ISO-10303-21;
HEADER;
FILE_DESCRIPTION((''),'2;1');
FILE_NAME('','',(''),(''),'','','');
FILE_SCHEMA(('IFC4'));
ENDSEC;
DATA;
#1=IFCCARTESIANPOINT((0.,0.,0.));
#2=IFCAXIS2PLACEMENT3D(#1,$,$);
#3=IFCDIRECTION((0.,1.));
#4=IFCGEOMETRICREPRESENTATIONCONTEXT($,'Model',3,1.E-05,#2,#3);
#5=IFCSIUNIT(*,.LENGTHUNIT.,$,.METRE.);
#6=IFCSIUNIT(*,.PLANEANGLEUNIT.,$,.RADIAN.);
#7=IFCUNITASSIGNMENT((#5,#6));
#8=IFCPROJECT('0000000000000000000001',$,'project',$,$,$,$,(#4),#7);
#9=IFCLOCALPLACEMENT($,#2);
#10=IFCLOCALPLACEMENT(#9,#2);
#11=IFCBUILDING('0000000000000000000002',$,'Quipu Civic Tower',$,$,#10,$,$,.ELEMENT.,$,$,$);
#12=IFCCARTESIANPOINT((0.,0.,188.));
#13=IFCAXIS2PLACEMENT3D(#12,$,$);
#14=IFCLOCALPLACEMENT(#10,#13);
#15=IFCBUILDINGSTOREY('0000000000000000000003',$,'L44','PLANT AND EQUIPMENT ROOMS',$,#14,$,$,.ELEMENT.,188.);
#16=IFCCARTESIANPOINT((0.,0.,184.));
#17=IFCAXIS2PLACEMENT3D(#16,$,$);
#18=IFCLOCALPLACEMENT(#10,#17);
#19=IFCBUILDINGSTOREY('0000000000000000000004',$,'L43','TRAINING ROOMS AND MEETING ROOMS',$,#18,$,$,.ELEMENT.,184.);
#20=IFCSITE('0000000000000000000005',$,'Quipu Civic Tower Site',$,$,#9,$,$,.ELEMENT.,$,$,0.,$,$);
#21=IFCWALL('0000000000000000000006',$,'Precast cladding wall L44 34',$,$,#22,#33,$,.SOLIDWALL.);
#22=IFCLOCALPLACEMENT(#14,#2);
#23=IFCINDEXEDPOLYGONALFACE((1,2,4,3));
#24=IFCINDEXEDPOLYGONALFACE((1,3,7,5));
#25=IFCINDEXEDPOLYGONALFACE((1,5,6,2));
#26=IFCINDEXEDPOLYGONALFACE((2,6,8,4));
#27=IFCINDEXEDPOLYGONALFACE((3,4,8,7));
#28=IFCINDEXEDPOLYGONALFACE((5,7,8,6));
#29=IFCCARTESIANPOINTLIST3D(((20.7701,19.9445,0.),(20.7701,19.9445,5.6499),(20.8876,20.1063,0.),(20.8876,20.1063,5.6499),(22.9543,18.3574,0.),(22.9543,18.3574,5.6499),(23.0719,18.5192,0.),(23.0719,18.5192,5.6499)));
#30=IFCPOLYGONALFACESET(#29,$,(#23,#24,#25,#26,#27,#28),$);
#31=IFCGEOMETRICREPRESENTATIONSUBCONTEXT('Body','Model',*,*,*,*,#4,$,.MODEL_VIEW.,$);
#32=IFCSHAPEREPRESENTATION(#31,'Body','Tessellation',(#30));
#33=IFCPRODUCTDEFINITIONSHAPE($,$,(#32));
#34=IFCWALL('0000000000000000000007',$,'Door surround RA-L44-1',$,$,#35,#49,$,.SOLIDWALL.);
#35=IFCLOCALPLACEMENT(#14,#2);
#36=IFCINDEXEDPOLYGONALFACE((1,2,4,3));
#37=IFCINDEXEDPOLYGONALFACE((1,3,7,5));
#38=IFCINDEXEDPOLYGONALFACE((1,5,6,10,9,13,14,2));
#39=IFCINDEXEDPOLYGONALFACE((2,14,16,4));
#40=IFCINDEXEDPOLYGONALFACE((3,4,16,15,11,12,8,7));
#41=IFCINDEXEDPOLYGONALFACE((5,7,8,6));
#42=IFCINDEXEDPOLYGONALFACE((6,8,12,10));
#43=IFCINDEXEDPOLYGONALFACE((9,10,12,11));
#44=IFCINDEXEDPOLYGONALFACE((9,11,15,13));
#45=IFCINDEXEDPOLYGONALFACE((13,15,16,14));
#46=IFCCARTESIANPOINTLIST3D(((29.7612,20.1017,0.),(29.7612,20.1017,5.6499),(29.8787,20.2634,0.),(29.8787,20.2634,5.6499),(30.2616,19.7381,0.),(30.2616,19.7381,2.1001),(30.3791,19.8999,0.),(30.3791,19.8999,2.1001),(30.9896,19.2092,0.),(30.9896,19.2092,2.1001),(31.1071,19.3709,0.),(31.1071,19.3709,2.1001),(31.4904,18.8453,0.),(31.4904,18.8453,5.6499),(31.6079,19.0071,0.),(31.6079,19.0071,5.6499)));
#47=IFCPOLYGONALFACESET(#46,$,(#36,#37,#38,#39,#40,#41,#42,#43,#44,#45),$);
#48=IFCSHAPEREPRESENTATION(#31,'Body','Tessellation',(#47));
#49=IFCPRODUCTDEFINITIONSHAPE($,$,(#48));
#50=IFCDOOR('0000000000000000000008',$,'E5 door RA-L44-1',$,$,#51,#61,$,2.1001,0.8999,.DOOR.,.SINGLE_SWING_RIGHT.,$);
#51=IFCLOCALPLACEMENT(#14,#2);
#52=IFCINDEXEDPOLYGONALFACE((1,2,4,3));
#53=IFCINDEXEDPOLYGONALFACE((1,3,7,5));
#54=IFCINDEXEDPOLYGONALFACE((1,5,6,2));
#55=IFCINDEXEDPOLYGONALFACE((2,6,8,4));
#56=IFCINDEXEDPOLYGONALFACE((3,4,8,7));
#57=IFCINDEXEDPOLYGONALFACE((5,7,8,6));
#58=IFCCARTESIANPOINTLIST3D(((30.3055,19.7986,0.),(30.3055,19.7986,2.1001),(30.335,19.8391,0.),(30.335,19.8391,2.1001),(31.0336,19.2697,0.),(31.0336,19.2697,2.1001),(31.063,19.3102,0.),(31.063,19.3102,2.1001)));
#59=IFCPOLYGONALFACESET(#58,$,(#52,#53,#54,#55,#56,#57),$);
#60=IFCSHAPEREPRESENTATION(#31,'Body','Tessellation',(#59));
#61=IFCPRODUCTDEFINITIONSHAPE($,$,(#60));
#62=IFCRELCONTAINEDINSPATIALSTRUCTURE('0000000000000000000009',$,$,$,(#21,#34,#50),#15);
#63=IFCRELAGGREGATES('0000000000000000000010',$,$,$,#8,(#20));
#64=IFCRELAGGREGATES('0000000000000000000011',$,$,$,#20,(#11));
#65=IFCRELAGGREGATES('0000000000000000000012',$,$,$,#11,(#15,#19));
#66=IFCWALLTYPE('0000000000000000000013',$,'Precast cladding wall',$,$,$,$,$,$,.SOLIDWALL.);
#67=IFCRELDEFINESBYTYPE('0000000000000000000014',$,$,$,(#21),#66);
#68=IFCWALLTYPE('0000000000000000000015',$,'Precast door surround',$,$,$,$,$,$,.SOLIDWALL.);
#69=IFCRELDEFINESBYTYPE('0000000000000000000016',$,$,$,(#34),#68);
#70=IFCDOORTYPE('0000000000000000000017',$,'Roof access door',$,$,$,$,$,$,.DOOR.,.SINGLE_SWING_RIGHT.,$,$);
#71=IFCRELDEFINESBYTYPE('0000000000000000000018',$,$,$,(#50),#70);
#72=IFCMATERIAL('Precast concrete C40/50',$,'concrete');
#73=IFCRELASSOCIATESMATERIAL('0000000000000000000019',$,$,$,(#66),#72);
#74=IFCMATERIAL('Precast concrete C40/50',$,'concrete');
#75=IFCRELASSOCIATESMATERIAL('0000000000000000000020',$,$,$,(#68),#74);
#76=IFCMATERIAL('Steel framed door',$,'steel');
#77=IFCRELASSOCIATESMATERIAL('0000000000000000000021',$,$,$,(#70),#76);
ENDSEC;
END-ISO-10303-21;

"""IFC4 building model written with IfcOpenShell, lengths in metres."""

from ifc_helpers import new_model, si_unit, direction, frame, frame_2d, origin, place, context, subcontext, project, spatial, rectangle, extrude, material, type_object, element, fill, save


model = new_model("IFC4")

# Units and contexts
model_context = context("Model", 3, precision=1e-05, world=origin(), true_north=direction((0.0, 1.0)))
body_context = subcontext(model_context, "Body", "Model", "MODEL_VIEW")
ifc_project = project(units=[si_unit("LENGTHUNIT", "METRE"), si_unit("PLANEANGLEUNIT", "RADIAN")], contexts=[model_context])

# Site, building, storey
site_placement = place(None, origin())
site = spatial("IfcSite", under=ifc_project, at=site_placement, Name="Quipu Civic Tower Site", CompositionType="ELEMENT", RefElevation=0.0)
building_placement = place(site_placement, origin())
building = spatial("IfcBuilding", under=site, at=building_placement, Name="Quipu Civic Tower", CompositionType="ELEMENT")
storey_1_placement = place(building_placement, frame((0.0, 0.0, 188.0)))
storey_1 = spatial("IfcBuildingStorey", under=building, at=storey_1_placement, Name="L44", Description="PLANT AND EQUIPMENT ROOMS", CompositionType="ELEMENT", Elevation=188.0)

# Shared definitions
storey_2_placement = place(building_placement, frame((0.0, 0.0, 184.0)))
storey_2 = spatial("IfcBuildingStorey", under=building, at=storey_2_placement, Name="L43", Description="TRAINING ROOMS AND MEETING ROOMS", CompositionType="ELEMENT", Elevation=184.0)

# Wall
ifc_material_1 = material(Name="Precast concrete C40/50", Category="concrete")
wall_type_1 = type_object("IfcWallType", Name="Precast cladding wall", PredefinedType="SOLIDWALL", material=ifc_material_1)
wall_1_placement = place(storey_1_placement, frame((23.0132, 18.4382, 0.0), z_axis=(0.0, 0.0, 1.0), x_axis=(-0.80899, 0.587822, 0.0)))
element("IfcWall", 1, at=wall_1_placement, inside=storey_1, type_object=wall_type_1, Name="Precast cladding wall L44 34", PredefinedType="SOLIDWALL", context=body_context, shape_type="SweptSolid", body=[
    extrude(rectangle(XDim=2.7, YDim=0.2, at=frame_2d((1.3501, 0.0))), origin(), (0.0, 0.0, 1.0), 5.6499),
])

# Wall, opening, door
ifc_material_2 = material(Name="Precast concrete C40/50", Category="concrete")
wall_type_2 = type_object("IfcWallType", Name="Precast door surround", PredefinedType="SOLIDWALL", material=ifc_material_2)
wall_2_placement = place(storey_1_placement, frame((29.8198, 20.1826, 0.0), z_axis=(0.0, 0.0, 1.0), x_axis=(0.809022, -0.587778, 0.0)))
wall_2 = element("IfcWall", 2, at=wall_2_placement, inside=storey_1, type_object=wall_type_2, Name="Door surround RA-L44-1", PredefinedType="SOLIDWALL", context=body_context, shape_type="SweptSolid", body=[
    extrude(rectangle(XDim=2.1375, YDim=0.2, at=frame_2d((1.0688, 0.0))), origin(), (0.0, 0.0, 1.0), 5.6499),
])
opening_placement = place(wall_2_placement, frame((0.6187, 0.0, 0.0)))
opening = element("IfcOpeningElement", 3, at=opening_placement, cuts=wall_2, PredefinedType="OPENING", context=body_context, shape_type="SweptSolid", body=[
    extrude(rectangle(XDim=0.8999, YDim=2.1001, at=frame_2d((0.45, 1.05))), frame((0.0, 0.1099, 0.0), z_axis=(0.0, -1.0, 0.0), x_axis=(1.0, 0.0, 0.0)), (0.0, 0.0, 1.0), 0.22),
])
ifc_material_3 = material(Name="Steel framed door", Category="steel")
door_type = type_object("IfcDoorType", Name="Roof access door", OperationType="SINGLE_SWING_RIGHT", PredefinedType="DOOR", material=ifc_material_3)
door_placement = place(opening_placement, origin())
door = element("IfcDoor", 4, at=door_placement, inside=storey_1, type_object=door_type, Name="E5 door RA-L44-1", OperationType="SINGLE_SWING_RIGHT", OverallHeight=2.1001, OverallWidth=0.8999, PredefinedType="DOOR", context=body_context, shape_type="SweptSolid", body=[
    extrude(rectangle(XDim=0.8999, YDim=2.1001, at=frame_2d((0.45, 1.05))), frame((0.0, 0.0249, 0.0), z_axis=(0.0, -1.0, 0.0), x_axis=(1.0, 0.0, 0.0)), (0.0, 0.0, 1.0), 0.05),
])
fill(opening, door)

save(model, "model.ifc")
